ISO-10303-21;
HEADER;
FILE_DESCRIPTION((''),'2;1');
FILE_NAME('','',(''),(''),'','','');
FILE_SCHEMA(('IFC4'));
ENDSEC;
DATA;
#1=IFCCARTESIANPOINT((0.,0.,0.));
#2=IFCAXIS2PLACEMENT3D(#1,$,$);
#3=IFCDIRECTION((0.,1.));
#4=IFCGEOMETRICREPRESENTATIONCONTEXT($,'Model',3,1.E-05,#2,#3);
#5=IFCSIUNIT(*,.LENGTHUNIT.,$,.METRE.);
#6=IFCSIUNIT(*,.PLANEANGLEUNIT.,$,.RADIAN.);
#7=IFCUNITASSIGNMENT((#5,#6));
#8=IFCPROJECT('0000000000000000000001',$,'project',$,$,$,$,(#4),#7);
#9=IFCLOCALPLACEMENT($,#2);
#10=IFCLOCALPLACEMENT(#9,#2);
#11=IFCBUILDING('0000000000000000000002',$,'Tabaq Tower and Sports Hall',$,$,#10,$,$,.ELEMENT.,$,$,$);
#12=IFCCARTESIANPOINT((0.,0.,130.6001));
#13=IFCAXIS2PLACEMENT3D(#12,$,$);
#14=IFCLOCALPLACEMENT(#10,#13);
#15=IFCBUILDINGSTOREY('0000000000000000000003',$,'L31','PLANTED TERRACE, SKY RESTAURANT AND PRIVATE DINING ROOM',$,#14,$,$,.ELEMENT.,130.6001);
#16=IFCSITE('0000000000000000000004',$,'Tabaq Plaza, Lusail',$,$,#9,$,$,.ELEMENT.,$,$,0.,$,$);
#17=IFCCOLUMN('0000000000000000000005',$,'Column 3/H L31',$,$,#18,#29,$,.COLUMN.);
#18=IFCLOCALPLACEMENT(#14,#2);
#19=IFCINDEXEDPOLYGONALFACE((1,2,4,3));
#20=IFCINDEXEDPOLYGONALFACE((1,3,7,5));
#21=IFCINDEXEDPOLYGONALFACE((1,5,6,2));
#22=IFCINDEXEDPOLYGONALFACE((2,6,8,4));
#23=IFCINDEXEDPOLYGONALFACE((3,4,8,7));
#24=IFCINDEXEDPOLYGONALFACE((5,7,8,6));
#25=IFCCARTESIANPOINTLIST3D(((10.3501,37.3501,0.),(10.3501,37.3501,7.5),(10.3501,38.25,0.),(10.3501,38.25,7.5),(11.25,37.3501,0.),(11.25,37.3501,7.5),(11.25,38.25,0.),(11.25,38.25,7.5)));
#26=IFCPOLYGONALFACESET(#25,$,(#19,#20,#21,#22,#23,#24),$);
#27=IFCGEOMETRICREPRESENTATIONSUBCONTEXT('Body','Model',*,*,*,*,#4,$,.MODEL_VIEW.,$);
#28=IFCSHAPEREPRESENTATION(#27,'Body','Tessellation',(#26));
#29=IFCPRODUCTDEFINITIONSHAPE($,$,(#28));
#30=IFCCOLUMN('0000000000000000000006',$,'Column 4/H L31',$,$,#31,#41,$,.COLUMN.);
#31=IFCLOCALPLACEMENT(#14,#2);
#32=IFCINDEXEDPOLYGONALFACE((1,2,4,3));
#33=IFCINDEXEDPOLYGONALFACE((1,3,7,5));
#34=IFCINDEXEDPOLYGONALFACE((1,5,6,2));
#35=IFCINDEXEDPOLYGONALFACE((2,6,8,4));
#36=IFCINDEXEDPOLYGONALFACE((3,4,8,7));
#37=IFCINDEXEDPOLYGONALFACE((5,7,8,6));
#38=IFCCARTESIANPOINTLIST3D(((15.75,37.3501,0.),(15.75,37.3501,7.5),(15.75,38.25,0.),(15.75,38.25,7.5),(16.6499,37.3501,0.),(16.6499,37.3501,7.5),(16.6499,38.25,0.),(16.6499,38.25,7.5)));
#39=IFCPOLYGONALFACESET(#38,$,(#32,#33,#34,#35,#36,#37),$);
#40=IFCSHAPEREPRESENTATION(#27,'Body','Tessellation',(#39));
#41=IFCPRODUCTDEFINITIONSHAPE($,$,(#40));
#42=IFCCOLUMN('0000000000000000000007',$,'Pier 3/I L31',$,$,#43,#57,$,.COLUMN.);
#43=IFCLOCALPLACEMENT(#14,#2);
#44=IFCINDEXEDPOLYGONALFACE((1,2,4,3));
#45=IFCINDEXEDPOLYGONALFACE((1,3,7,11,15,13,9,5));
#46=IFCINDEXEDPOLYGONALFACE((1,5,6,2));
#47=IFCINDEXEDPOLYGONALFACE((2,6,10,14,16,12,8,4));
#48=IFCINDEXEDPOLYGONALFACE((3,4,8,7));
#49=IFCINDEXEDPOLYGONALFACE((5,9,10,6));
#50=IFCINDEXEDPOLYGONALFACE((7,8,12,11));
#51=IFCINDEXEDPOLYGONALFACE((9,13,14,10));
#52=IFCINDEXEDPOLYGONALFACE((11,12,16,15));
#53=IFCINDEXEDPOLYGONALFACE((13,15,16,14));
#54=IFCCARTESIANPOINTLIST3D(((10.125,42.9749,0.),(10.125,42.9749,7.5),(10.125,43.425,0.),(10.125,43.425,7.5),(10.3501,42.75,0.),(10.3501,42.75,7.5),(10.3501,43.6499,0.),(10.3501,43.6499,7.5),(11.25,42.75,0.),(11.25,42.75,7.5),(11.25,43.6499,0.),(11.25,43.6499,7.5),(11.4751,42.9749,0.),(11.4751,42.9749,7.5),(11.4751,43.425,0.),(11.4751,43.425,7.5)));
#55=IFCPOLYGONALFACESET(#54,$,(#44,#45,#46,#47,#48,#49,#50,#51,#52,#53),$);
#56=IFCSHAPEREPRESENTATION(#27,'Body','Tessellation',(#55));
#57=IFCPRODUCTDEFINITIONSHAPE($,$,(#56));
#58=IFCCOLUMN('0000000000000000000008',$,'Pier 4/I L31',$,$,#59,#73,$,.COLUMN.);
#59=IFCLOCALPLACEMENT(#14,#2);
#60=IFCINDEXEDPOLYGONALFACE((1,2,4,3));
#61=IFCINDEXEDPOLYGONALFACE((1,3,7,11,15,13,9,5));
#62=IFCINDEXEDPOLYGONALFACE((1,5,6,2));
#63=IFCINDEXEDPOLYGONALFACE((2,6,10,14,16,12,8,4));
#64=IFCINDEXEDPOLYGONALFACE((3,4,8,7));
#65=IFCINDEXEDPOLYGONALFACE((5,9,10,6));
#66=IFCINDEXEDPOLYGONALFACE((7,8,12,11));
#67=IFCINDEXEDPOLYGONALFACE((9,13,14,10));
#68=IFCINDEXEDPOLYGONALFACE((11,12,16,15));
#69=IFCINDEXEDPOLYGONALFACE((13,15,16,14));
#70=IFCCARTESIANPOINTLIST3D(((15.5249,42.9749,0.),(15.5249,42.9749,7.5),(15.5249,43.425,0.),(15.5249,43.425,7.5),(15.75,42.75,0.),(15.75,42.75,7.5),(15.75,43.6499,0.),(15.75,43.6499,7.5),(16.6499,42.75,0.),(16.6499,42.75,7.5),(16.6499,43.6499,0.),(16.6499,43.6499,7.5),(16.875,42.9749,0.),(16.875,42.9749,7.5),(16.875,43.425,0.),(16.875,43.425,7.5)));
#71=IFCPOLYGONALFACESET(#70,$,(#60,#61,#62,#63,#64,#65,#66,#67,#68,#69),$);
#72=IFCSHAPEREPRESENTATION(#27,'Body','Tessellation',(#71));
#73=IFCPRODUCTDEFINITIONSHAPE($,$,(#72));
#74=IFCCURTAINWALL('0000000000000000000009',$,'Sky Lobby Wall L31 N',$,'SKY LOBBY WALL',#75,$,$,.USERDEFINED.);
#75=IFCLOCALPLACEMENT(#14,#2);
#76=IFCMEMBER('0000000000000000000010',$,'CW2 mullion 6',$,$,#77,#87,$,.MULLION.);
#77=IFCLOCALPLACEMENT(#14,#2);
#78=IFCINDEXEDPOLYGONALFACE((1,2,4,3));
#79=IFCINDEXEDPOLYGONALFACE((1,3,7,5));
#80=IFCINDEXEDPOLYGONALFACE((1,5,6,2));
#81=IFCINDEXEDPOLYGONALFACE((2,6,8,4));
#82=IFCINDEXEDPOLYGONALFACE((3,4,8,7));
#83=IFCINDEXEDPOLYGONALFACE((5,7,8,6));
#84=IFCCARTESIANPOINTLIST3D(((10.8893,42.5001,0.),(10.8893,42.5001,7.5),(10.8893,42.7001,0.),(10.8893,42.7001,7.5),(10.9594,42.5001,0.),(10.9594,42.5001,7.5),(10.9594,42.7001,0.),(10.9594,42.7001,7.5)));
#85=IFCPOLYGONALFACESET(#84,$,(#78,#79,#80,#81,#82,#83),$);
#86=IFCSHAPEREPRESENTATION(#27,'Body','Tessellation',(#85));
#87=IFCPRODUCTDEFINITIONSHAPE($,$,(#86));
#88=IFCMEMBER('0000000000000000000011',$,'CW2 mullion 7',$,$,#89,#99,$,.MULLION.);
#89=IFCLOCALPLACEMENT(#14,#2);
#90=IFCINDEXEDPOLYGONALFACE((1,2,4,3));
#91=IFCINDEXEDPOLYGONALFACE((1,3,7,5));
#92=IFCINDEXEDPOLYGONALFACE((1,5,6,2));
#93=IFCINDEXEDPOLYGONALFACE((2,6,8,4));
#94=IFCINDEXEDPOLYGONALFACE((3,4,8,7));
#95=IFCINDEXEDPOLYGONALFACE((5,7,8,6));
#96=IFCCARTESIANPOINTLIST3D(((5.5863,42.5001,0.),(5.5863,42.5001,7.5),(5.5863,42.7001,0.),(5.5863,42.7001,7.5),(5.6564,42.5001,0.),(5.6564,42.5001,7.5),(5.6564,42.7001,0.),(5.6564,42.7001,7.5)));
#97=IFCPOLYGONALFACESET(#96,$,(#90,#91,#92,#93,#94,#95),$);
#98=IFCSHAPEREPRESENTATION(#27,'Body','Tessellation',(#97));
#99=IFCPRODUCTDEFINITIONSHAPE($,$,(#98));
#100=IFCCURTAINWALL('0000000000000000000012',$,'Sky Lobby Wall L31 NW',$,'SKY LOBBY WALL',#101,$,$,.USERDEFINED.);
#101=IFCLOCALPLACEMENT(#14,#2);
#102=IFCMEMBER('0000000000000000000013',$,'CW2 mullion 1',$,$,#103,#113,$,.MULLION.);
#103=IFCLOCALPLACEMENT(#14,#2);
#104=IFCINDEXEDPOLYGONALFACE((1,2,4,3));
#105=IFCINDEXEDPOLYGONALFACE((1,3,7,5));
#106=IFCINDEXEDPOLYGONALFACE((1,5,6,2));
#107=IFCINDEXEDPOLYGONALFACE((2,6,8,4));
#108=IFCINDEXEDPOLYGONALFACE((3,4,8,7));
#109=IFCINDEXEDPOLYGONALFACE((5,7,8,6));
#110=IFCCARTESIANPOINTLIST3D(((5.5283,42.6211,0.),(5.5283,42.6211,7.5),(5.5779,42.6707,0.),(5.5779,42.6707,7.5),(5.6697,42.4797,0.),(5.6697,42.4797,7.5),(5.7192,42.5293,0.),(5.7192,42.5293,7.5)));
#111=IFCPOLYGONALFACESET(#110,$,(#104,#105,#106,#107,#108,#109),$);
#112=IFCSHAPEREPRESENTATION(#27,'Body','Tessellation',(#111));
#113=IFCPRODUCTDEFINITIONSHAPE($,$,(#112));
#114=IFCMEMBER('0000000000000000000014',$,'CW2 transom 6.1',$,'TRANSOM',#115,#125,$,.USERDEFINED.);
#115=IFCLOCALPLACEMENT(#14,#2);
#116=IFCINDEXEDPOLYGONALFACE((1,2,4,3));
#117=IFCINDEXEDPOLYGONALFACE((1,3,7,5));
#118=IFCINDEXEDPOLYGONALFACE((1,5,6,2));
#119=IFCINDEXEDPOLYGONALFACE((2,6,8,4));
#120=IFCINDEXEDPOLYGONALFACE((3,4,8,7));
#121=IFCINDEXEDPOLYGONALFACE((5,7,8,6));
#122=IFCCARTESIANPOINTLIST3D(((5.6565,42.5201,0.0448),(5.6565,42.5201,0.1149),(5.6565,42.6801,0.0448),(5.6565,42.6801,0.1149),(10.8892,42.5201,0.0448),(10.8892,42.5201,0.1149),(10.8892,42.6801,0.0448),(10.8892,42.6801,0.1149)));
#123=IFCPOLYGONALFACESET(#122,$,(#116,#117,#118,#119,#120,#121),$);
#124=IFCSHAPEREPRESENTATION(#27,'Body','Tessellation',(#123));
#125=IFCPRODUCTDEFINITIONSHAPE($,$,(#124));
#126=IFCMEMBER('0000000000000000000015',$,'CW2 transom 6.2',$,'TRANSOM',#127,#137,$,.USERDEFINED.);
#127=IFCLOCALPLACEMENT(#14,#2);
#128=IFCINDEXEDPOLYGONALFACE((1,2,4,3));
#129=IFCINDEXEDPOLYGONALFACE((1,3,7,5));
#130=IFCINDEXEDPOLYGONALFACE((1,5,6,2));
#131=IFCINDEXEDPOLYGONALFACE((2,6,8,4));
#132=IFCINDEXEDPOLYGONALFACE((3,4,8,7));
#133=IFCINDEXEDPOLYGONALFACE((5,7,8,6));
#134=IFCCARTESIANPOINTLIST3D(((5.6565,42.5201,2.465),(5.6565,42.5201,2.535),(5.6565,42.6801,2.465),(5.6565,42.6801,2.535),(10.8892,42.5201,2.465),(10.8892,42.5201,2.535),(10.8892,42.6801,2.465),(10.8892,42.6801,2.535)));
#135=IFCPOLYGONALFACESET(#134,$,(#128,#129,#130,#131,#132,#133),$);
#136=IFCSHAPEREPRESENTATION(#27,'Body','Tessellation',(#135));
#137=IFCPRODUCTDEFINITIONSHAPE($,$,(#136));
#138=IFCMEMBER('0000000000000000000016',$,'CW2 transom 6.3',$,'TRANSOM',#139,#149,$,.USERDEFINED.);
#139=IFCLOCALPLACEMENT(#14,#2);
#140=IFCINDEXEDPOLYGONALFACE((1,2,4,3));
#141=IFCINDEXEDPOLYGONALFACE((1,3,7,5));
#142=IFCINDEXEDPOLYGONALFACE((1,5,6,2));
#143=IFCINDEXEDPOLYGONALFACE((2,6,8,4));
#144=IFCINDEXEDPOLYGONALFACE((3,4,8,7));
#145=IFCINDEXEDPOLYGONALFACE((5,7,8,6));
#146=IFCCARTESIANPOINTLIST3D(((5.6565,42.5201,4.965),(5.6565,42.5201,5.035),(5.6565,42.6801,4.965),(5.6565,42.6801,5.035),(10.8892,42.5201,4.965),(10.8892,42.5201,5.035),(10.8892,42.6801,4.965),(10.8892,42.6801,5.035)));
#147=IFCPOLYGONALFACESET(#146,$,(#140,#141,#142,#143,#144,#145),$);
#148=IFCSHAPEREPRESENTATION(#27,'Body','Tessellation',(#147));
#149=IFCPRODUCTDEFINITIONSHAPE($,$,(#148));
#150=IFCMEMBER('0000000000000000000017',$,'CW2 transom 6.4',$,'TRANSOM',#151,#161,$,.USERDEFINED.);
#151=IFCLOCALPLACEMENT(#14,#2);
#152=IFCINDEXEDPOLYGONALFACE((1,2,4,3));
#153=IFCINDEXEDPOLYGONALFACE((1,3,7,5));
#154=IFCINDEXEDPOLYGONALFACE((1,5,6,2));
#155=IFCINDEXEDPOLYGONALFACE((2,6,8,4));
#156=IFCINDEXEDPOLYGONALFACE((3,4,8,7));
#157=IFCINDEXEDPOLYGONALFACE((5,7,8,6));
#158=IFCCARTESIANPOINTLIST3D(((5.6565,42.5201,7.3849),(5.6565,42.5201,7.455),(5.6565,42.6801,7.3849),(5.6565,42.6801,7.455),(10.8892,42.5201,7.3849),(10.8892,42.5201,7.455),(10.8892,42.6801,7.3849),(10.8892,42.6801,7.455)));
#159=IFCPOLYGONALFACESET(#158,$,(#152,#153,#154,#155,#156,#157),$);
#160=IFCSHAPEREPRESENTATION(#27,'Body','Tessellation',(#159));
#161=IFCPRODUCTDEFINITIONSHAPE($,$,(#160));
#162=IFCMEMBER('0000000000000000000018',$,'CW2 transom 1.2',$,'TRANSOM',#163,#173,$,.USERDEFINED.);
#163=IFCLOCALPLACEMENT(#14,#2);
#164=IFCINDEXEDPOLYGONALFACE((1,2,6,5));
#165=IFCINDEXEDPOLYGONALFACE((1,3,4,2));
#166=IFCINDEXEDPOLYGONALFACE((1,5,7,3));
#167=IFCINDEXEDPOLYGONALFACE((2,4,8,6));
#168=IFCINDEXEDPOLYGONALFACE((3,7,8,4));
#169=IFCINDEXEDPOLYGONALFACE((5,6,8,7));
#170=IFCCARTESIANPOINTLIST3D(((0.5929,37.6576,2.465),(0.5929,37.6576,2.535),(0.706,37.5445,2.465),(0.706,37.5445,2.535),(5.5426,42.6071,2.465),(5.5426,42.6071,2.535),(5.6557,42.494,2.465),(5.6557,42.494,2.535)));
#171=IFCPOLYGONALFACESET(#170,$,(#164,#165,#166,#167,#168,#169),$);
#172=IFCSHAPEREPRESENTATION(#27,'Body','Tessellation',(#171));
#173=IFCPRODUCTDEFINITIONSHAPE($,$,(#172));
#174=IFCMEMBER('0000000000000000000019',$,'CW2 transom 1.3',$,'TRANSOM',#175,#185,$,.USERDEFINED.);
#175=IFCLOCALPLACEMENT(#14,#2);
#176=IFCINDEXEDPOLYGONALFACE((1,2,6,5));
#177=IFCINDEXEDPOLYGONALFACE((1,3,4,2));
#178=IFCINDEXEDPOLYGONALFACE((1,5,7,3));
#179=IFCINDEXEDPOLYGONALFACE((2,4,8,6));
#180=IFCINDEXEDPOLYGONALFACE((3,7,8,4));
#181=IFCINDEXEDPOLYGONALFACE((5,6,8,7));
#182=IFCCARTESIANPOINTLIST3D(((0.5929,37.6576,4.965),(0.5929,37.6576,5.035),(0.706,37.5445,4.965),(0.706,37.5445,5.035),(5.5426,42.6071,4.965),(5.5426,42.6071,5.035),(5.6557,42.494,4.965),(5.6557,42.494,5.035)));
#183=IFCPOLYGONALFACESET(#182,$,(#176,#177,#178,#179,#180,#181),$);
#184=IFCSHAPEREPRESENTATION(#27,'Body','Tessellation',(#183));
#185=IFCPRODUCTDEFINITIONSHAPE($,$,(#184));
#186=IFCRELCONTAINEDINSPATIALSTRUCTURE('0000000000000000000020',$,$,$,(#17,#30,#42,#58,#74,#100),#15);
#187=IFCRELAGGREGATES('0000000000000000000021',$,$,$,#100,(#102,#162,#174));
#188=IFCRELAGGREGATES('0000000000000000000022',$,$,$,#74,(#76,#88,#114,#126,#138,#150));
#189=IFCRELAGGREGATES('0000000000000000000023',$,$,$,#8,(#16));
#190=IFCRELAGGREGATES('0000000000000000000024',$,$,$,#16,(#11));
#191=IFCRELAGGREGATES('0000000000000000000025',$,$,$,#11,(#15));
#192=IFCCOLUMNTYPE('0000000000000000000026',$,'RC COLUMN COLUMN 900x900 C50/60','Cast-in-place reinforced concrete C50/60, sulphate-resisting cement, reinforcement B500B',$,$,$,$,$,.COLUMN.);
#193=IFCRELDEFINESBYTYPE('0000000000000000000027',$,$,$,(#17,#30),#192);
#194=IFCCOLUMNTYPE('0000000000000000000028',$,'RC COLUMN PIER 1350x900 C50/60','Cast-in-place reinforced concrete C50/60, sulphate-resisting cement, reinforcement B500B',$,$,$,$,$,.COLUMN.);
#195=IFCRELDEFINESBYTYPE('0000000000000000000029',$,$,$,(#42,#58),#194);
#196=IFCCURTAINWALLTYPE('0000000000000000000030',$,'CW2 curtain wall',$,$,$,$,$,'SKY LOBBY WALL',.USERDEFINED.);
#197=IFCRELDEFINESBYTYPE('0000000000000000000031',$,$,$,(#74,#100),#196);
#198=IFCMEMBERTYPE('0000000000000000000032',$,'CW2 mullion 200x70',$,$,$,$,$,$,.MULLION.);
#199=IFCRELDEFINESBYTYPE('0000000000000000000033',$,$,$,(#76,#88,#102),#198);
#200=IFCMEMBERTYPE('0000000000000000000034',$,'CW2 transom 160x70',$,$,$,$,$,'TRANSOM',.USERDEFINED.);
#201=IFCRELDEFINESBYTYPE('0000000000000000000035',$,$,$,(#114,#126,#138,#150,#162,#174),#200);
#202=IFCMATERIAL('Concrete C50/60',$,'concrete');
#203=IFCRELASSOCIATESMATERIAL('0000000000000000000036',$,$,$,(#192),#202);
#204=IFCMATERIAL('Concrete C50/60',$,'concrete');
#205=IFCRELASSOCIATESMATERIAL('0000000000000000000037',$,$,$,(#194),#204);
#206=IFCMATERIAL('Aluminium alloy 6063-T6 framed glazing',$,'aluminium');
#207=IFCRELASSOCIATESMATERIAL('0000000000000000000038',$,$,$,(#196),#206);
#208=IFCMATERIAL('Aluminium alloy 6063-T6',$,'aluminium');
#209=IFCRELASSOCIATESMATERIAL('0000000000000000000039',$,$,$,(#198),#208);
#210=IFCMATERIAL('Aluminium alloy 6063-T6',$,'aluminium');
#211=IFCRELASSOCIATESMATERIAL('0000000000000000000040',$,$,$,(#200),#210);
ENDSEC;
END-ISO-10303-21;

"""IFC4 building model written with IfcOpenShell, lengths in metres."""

from ifc_helpers import new_model, si_unit, direction, frame, origin, origin_2d, place, context, subcontext, project, spatial, polyline, rectangle, outline, extrude, material, material_profile, profile_set, type_object, element, aggregate, save


model = new_model("IFC4")

# Units and contexts
model_context = context("Model", 3, precision=1e-05, world=origin(), true_north=direction((0.0, 1.0)))
body_context = subcontext(model_context, "Body", "Model", "MODEL_VIEW")
ifc_project = project(units=[si_unit("LENGTHUNIT", "METRE"), si_unit("PLANEANGLEUNIT", "RADIAN")], contexts=[model_context])

# Site, building, storey
site_placement = place(None, origin())
site = spatial("IfcSite", under=ifc_project, at=site_placement, Name="Tabaq Plaza, Lusail", CompositionType="ELEMENT", RefElevation=0.0)
building_placement = place(site_placement, origin())
building = spatial("IfcBuilding", under=site, at=building_placement, Name="Tabaq Tower and Sports Hall", CompositionType="ELEMENT")
storey_placement = place(building_placement, frame((0.0, 0.0, 130.6001)))
storey = spatial("IfcBuildingStorey", under=building, at=storey_placement, Name="L31", Description="PLANTED TERRACE, SKY RESTAURANT AND PRIVATE DINING ROOM", CompositionType="ELEMENT", Elevation=130.6001)

# Columns
ifc_material_1 = material(Name="Concrete C50/60", Category="concrete")
ifc_material_profile_1 = material_profile(ifc_material_1, rectangle(XDim=0.8999, YDim=0.8999, at=origin_2d()), Name="COLUMN 900x900")
ifc_profile_set_1 = profile_set([ifc_material_profile_1], Name="Concrete C50/60")
column_type_1 = type_object("IfcColumnType", Name="RC COLUMN COLUMN 900x900 C50/60", Description="Cast-in-place reinforced concrete C50/60, sulphate-resisting cement, reinforcement B500B", PredefinedType="COLUMN", material=ifc_profile_set_1)
for number, where, z_axis, x_axis, name in (
    (1, (10.8, 37.8, 0.0), (0.0, 0.0, 1.0), (1.0, 0.0, 0.0), "Column 3/H L31"),
    (2, (16.2, 37.8, 0.0), (0.0, 0.0, 1.0), (1.0, 0.0, 0.0), "Column 4/H L31"),
):
    element("IfcColumn", number, at=place(storey_placement, frame(where, z_axis=z_axis, x_axis=x_axis)), inside=storey, type_object=column_type_1, Name=name, PredefinedType="COLUMN", context=body_context, shape_type="SweptSolid", body=[
        extrude(rectangle(XDim=0.8999, YDim=0.8999, at=origin_2d()), origin(), (0.0, 0.0, 1.0), 7.5),
    ])
ifc_material_2 = material(Name="Concrete C50/60", Category="concrete")
ifc_material_profile_2 = material_profile(ifc_material_2, outline(polyline([(-0.45, -0.45), (0.45, -0.45), (0.675, -0.2251), (0.675, 0.2251), (0.45, 0.45), (-0.45, 0.45), (-0.675, 0.2251), (-0.675, -0.2251), (-0.45, -0.45)])), Name="PIER 1350x900")
ifc_profile_set_2 = profile_set([ifc_material_profile_2], Name="Concrete C50/60")
column_type_2 = type_object("IfcColumnType", Name="RC COLUMN PIER 1350x900 C50/60", Description="Cast-in-place reinforced concrete C50/60, sulphate-resisting cement, reinforcement B500B", PredefinedType="COLUMN", material=ifc_profile_set_2)
for number, where, z_axis, x_axis, name in (
    (3, (10.8, 43.2, 0.0), (0.0, 0.0, 1.0), (1.0, 0.0, 0.0), "Pier 3/I L31"),
    (4, (16.2, 43.2, 0.0), (0.0, 0.0, 1.0), (1.0, 0.0, 0.0), "Pier 4/I L31"),
):
    element("IfcColumn", number, at=place(storey_placement, frame(where, z_axis=z_axis, x_axis=x_axis)), inside=storey, type_object=column_type_2, Name=name, PredefinedType="COLUMN", context=body_context, shape_type="SweptSolid", body=[
        extrude(outline(polyline([(-0.45, -0.45), (0.45, -0.45), (0.675, -0.2251), (0.675, 0.2251), (0.45, 0.45), (-0.45, 0.45), (-0.675, 0.2251), (-0.675, -0.2251), (-0.45, -0.45)])), origin(), (0.0, 0.0, 1.0), 7.5),
    ])

# Curtain wall, members
ifc_material_3 = material(Name="Aluminium alloy 6063-T6 framed glazing", Category="aluminium")
curtain_wall_type = type_object("IfcCurtainWallType", Name="CW2 curtain wall", ElementType="SKY LOBBY WALL", PredefinedType="USERDEFINED", material=ifc_material_3)
curtain_wall_1_placement = place(storey_placement, origin())
curtain_wall_1 = element("IfcCurtainWall", 5, at=curtain_wall_1_placement, inside=storey, type_object=curtain_wall_type, Name="Sky Lobby Wall L31 N", ObjectType="SKY LOBBY WALL", PredefinedType="USERDEFINED")
ifc_material_4 = material(Name="Aluminium alloy 6063-T6", Category="aluminium")
ifc_material_profile_3 = material_profile(ifc_material_4, rectangle(XDim=0.2, YDim=0.0701, at=origin_2d()), Name="MULLION 200x70")
ifc_profile_set_3 = profile_set([ifc_material_profile_3], Name="Aluminium alloy 6063-T6")
member_type_1 = type_object("IfcMemberType", Name="CW2 mullion 200x70", PredefinedType="MULLION", material=ifc_profile_set_3)
member_1_placement = place(storey_placement, frame((10.9243, 42.6001, 0.0), z_axis=(0.0, 0.0, 1.0), x_axis=(0.0, -1.0, 0.0)))
member_1 = element("IfcMember", 6, at=member_1_placement, type_object=member_type_1, Name="CW2 mullion 6", PredefinedType="MULLION", context=body_context, shape_type="SweptSolid", body=[
    extrude(rectangle(XDim=0.2, YDim=0.0701, at=origin_2d()), origin(), (0.0, 0.0, 1.0), 7.5),
])
member_2_placement = place(storey_placement, frame((5.6213, 42.6001, 0.0), z_axis=(0.0, 0.0, 1.0), x_axis=(0.0, -1.0, 0.0)))
member_2 = element("IfcMember", 7, at=member_2_placement, type_object=member_type_1, Name="CW2 mullion 7", PredefinedType="MULLION", context=body_context, shape_type="SweptSolid", body=[
    extrude(rectangle(XDim=0.2, YDim=0.0701, at=origin_2d()), origin(), (0.0, 0.0, 1.0), 7.5),
])

# Curtain wall, member
curtain_wall_2_placement = place(storey_placement, origin())
curtain_wall_2 = element("IfcCurtainWall", 8, at=curtain_wall_2_placement, inside=storey, type_object=curtain_wall_type, Name="Sky Lobby Wall L31 NW", ObjectType="SKY LOBBY WALL", PredefinedType="USERDEFINED")
member_3_placement = place(storey_placement, frame((5.6238, 42.5752, 0.0), z_axis=(0.0, 0.0, 1.0), x_axis=(0.707107, -0.707107, 0.0)))
member_3 = element("IfcMember", 9, at=member_3_placement, type_object=member_type_1, Name="CW2 mullion 1", PredefinedType="MULLION", context=body_context, shape_type="SweptSolid", body=[
    extrude(rectangle(XDim=0.2, YDim=0.0701, at=origin_2d()), origin(), (0.0, 0.0, 1.0), 7.5),
])

# Members
ifc_material_5 = material(Name="Aluminium alloy 6063-T6", Category="aluminium")
ifc_material_profile_4 = material_profile(ifc_material_5, rectangle(XDim=0.1599, YDim=0.0701, at=origin_2d()), Name="TRANSOM 160x70")
ifc_profile_set_4 = profile_set([ifc_material_profile_4], Name="Aluminium alloy 6063-T6")
member_type_2 = type_object("IfcMemberType", Name="CW2 transom 160x70", ElementType="TRANSOM", PredefinedType="USERDEFINED", material=ifc_profile_set_4)
member_4_placement = place(storey_placement, frame((10.8892, 42.6001, 0.0798), z_axis=(-1.0, 0.0, 0.0), x_axis=(0.0, -1.0, 0.0)))
member_4 = element("IfcMember", 10, at=member_4_placement, type_object=member_type_2, Name="CW2 transom 6.1", ObjectType="TRANSOM", PredefinedType="USERDEFINED", context=body_context, shape_type="SweptSolid", body=[
    extrude(rectangle(XDim=0.1599, YDim=0.0701, at=origin_2d()), origin(), (0.0, 0.0, 1.0), 5.2327),
])
member_5_placement = place(storey_placement, frame((10.8892, 42.6001, 2.5), z_axis=(-1.0, 0.0, 0.0), x_axis=(0.0, -1.0, 0.0)))
member_5 = element("IfcMember", 11, at=member_5_placement, type_object=member_type_2, Name="CW2 transom 6.2", ObjectType="TRANSOM", PredefinedType="USERDEFINED", context=body_context, shape_type="SweptSolid", body=[
    extrude(rectangle(XDim=0.1599, YDim=0.0701, at=origin_2d()), origin(), (0.0, 0.0, 1.0), 5.2327),
])
member_6_placement = place(storey_placement, frame((10.8892, 42.6001, 5.0), z_axis=(-1.0, 0.0, 0.0), x_axis=(0.0, -1.0, 0.0)))
member_6 = element("IfcMember", 12, at=member_6_placement, type_object=member_type_2, Name="CW2 transom 6.3", ObjectType="TRANSOM", PredefinedType="USERDEFINED", context=body_context, shape_type="SweptSolid", body=[
    extrude(rectangle(XDim=0.1599, YDim=0.0701, at=origin_2d()), origin(), (0.0, 0.0, 1.0), 5.2327),
])
member_7_placement = place(storey_placement, frame((10.8892, 42.6001, 7.4199), z_axis=(-1.0, 0.0, 0.0), x_axis=(0.0, -1.0, 0.0)))
member_7 = element("IfcMember", 13, at=member_7_placement, type_object=member_type_2, Name="CW2 transom 6.4", ObjectType="TRANSOM", PredefinedType="USERDEFINED", context=body_context, shape_type="SweptSolid", body=[
    extrude(rectangle(XDim=0.1599, YDim=0.0701, at=origin_2d()), origin(), (0.0, 0.0, 1.0), 5.2327),
])
member_8_placement = place(storey_placement, frame((5.5991, 42.5505, 2.5), z_axis=(-0.707124, -0.707089, 0.0), x_axis=(0.707089, -0.707124, 0.0)))
member_8 = element("IfcMember", 14, at=member_8_placement, type_object=member_type_2, Name="CW2 transom 1.2", ObjectType="TRANSOM", PredefinedType="USERDEFINED", context=body_context, shape_type="SweptSolid", body=[
    extrude(rectangle(XDim=0.1599, YDim=0.0701, at=origin_2d()), origin(), (0.0, 0.0, 1.0), 6.9998),
])
member_9_placement = place(storey_placement, frame((5.5991, 42.5505, 5.0), z_axis=(-0.707124, -0.707089, 0.0), x_axis=(0.707089, -0.707124, 0.0)))
member_9 = element("IfcMember", 15, at=member_9_placement, type_object=member_type_2, Name="CW2 transom 1.3", ObjectType="TRANSOM", PredefinedType="USERDEFINED", context=body_context, shape_type="SweptSolid", body=[
    extrude(rectangle(XDim=0.1599, YDim=0.0701, at=origin_2d()), origin(), (0.0, 0.0, 1.0), 6.9998),
])
aggregate(curtain_wall_2, [member_3, member_8, member_9])

aggregate(curtain_wall_1, [member_1, member_2, member_4, member_5, member_6, member_7])

save(model, "model.ifc")
